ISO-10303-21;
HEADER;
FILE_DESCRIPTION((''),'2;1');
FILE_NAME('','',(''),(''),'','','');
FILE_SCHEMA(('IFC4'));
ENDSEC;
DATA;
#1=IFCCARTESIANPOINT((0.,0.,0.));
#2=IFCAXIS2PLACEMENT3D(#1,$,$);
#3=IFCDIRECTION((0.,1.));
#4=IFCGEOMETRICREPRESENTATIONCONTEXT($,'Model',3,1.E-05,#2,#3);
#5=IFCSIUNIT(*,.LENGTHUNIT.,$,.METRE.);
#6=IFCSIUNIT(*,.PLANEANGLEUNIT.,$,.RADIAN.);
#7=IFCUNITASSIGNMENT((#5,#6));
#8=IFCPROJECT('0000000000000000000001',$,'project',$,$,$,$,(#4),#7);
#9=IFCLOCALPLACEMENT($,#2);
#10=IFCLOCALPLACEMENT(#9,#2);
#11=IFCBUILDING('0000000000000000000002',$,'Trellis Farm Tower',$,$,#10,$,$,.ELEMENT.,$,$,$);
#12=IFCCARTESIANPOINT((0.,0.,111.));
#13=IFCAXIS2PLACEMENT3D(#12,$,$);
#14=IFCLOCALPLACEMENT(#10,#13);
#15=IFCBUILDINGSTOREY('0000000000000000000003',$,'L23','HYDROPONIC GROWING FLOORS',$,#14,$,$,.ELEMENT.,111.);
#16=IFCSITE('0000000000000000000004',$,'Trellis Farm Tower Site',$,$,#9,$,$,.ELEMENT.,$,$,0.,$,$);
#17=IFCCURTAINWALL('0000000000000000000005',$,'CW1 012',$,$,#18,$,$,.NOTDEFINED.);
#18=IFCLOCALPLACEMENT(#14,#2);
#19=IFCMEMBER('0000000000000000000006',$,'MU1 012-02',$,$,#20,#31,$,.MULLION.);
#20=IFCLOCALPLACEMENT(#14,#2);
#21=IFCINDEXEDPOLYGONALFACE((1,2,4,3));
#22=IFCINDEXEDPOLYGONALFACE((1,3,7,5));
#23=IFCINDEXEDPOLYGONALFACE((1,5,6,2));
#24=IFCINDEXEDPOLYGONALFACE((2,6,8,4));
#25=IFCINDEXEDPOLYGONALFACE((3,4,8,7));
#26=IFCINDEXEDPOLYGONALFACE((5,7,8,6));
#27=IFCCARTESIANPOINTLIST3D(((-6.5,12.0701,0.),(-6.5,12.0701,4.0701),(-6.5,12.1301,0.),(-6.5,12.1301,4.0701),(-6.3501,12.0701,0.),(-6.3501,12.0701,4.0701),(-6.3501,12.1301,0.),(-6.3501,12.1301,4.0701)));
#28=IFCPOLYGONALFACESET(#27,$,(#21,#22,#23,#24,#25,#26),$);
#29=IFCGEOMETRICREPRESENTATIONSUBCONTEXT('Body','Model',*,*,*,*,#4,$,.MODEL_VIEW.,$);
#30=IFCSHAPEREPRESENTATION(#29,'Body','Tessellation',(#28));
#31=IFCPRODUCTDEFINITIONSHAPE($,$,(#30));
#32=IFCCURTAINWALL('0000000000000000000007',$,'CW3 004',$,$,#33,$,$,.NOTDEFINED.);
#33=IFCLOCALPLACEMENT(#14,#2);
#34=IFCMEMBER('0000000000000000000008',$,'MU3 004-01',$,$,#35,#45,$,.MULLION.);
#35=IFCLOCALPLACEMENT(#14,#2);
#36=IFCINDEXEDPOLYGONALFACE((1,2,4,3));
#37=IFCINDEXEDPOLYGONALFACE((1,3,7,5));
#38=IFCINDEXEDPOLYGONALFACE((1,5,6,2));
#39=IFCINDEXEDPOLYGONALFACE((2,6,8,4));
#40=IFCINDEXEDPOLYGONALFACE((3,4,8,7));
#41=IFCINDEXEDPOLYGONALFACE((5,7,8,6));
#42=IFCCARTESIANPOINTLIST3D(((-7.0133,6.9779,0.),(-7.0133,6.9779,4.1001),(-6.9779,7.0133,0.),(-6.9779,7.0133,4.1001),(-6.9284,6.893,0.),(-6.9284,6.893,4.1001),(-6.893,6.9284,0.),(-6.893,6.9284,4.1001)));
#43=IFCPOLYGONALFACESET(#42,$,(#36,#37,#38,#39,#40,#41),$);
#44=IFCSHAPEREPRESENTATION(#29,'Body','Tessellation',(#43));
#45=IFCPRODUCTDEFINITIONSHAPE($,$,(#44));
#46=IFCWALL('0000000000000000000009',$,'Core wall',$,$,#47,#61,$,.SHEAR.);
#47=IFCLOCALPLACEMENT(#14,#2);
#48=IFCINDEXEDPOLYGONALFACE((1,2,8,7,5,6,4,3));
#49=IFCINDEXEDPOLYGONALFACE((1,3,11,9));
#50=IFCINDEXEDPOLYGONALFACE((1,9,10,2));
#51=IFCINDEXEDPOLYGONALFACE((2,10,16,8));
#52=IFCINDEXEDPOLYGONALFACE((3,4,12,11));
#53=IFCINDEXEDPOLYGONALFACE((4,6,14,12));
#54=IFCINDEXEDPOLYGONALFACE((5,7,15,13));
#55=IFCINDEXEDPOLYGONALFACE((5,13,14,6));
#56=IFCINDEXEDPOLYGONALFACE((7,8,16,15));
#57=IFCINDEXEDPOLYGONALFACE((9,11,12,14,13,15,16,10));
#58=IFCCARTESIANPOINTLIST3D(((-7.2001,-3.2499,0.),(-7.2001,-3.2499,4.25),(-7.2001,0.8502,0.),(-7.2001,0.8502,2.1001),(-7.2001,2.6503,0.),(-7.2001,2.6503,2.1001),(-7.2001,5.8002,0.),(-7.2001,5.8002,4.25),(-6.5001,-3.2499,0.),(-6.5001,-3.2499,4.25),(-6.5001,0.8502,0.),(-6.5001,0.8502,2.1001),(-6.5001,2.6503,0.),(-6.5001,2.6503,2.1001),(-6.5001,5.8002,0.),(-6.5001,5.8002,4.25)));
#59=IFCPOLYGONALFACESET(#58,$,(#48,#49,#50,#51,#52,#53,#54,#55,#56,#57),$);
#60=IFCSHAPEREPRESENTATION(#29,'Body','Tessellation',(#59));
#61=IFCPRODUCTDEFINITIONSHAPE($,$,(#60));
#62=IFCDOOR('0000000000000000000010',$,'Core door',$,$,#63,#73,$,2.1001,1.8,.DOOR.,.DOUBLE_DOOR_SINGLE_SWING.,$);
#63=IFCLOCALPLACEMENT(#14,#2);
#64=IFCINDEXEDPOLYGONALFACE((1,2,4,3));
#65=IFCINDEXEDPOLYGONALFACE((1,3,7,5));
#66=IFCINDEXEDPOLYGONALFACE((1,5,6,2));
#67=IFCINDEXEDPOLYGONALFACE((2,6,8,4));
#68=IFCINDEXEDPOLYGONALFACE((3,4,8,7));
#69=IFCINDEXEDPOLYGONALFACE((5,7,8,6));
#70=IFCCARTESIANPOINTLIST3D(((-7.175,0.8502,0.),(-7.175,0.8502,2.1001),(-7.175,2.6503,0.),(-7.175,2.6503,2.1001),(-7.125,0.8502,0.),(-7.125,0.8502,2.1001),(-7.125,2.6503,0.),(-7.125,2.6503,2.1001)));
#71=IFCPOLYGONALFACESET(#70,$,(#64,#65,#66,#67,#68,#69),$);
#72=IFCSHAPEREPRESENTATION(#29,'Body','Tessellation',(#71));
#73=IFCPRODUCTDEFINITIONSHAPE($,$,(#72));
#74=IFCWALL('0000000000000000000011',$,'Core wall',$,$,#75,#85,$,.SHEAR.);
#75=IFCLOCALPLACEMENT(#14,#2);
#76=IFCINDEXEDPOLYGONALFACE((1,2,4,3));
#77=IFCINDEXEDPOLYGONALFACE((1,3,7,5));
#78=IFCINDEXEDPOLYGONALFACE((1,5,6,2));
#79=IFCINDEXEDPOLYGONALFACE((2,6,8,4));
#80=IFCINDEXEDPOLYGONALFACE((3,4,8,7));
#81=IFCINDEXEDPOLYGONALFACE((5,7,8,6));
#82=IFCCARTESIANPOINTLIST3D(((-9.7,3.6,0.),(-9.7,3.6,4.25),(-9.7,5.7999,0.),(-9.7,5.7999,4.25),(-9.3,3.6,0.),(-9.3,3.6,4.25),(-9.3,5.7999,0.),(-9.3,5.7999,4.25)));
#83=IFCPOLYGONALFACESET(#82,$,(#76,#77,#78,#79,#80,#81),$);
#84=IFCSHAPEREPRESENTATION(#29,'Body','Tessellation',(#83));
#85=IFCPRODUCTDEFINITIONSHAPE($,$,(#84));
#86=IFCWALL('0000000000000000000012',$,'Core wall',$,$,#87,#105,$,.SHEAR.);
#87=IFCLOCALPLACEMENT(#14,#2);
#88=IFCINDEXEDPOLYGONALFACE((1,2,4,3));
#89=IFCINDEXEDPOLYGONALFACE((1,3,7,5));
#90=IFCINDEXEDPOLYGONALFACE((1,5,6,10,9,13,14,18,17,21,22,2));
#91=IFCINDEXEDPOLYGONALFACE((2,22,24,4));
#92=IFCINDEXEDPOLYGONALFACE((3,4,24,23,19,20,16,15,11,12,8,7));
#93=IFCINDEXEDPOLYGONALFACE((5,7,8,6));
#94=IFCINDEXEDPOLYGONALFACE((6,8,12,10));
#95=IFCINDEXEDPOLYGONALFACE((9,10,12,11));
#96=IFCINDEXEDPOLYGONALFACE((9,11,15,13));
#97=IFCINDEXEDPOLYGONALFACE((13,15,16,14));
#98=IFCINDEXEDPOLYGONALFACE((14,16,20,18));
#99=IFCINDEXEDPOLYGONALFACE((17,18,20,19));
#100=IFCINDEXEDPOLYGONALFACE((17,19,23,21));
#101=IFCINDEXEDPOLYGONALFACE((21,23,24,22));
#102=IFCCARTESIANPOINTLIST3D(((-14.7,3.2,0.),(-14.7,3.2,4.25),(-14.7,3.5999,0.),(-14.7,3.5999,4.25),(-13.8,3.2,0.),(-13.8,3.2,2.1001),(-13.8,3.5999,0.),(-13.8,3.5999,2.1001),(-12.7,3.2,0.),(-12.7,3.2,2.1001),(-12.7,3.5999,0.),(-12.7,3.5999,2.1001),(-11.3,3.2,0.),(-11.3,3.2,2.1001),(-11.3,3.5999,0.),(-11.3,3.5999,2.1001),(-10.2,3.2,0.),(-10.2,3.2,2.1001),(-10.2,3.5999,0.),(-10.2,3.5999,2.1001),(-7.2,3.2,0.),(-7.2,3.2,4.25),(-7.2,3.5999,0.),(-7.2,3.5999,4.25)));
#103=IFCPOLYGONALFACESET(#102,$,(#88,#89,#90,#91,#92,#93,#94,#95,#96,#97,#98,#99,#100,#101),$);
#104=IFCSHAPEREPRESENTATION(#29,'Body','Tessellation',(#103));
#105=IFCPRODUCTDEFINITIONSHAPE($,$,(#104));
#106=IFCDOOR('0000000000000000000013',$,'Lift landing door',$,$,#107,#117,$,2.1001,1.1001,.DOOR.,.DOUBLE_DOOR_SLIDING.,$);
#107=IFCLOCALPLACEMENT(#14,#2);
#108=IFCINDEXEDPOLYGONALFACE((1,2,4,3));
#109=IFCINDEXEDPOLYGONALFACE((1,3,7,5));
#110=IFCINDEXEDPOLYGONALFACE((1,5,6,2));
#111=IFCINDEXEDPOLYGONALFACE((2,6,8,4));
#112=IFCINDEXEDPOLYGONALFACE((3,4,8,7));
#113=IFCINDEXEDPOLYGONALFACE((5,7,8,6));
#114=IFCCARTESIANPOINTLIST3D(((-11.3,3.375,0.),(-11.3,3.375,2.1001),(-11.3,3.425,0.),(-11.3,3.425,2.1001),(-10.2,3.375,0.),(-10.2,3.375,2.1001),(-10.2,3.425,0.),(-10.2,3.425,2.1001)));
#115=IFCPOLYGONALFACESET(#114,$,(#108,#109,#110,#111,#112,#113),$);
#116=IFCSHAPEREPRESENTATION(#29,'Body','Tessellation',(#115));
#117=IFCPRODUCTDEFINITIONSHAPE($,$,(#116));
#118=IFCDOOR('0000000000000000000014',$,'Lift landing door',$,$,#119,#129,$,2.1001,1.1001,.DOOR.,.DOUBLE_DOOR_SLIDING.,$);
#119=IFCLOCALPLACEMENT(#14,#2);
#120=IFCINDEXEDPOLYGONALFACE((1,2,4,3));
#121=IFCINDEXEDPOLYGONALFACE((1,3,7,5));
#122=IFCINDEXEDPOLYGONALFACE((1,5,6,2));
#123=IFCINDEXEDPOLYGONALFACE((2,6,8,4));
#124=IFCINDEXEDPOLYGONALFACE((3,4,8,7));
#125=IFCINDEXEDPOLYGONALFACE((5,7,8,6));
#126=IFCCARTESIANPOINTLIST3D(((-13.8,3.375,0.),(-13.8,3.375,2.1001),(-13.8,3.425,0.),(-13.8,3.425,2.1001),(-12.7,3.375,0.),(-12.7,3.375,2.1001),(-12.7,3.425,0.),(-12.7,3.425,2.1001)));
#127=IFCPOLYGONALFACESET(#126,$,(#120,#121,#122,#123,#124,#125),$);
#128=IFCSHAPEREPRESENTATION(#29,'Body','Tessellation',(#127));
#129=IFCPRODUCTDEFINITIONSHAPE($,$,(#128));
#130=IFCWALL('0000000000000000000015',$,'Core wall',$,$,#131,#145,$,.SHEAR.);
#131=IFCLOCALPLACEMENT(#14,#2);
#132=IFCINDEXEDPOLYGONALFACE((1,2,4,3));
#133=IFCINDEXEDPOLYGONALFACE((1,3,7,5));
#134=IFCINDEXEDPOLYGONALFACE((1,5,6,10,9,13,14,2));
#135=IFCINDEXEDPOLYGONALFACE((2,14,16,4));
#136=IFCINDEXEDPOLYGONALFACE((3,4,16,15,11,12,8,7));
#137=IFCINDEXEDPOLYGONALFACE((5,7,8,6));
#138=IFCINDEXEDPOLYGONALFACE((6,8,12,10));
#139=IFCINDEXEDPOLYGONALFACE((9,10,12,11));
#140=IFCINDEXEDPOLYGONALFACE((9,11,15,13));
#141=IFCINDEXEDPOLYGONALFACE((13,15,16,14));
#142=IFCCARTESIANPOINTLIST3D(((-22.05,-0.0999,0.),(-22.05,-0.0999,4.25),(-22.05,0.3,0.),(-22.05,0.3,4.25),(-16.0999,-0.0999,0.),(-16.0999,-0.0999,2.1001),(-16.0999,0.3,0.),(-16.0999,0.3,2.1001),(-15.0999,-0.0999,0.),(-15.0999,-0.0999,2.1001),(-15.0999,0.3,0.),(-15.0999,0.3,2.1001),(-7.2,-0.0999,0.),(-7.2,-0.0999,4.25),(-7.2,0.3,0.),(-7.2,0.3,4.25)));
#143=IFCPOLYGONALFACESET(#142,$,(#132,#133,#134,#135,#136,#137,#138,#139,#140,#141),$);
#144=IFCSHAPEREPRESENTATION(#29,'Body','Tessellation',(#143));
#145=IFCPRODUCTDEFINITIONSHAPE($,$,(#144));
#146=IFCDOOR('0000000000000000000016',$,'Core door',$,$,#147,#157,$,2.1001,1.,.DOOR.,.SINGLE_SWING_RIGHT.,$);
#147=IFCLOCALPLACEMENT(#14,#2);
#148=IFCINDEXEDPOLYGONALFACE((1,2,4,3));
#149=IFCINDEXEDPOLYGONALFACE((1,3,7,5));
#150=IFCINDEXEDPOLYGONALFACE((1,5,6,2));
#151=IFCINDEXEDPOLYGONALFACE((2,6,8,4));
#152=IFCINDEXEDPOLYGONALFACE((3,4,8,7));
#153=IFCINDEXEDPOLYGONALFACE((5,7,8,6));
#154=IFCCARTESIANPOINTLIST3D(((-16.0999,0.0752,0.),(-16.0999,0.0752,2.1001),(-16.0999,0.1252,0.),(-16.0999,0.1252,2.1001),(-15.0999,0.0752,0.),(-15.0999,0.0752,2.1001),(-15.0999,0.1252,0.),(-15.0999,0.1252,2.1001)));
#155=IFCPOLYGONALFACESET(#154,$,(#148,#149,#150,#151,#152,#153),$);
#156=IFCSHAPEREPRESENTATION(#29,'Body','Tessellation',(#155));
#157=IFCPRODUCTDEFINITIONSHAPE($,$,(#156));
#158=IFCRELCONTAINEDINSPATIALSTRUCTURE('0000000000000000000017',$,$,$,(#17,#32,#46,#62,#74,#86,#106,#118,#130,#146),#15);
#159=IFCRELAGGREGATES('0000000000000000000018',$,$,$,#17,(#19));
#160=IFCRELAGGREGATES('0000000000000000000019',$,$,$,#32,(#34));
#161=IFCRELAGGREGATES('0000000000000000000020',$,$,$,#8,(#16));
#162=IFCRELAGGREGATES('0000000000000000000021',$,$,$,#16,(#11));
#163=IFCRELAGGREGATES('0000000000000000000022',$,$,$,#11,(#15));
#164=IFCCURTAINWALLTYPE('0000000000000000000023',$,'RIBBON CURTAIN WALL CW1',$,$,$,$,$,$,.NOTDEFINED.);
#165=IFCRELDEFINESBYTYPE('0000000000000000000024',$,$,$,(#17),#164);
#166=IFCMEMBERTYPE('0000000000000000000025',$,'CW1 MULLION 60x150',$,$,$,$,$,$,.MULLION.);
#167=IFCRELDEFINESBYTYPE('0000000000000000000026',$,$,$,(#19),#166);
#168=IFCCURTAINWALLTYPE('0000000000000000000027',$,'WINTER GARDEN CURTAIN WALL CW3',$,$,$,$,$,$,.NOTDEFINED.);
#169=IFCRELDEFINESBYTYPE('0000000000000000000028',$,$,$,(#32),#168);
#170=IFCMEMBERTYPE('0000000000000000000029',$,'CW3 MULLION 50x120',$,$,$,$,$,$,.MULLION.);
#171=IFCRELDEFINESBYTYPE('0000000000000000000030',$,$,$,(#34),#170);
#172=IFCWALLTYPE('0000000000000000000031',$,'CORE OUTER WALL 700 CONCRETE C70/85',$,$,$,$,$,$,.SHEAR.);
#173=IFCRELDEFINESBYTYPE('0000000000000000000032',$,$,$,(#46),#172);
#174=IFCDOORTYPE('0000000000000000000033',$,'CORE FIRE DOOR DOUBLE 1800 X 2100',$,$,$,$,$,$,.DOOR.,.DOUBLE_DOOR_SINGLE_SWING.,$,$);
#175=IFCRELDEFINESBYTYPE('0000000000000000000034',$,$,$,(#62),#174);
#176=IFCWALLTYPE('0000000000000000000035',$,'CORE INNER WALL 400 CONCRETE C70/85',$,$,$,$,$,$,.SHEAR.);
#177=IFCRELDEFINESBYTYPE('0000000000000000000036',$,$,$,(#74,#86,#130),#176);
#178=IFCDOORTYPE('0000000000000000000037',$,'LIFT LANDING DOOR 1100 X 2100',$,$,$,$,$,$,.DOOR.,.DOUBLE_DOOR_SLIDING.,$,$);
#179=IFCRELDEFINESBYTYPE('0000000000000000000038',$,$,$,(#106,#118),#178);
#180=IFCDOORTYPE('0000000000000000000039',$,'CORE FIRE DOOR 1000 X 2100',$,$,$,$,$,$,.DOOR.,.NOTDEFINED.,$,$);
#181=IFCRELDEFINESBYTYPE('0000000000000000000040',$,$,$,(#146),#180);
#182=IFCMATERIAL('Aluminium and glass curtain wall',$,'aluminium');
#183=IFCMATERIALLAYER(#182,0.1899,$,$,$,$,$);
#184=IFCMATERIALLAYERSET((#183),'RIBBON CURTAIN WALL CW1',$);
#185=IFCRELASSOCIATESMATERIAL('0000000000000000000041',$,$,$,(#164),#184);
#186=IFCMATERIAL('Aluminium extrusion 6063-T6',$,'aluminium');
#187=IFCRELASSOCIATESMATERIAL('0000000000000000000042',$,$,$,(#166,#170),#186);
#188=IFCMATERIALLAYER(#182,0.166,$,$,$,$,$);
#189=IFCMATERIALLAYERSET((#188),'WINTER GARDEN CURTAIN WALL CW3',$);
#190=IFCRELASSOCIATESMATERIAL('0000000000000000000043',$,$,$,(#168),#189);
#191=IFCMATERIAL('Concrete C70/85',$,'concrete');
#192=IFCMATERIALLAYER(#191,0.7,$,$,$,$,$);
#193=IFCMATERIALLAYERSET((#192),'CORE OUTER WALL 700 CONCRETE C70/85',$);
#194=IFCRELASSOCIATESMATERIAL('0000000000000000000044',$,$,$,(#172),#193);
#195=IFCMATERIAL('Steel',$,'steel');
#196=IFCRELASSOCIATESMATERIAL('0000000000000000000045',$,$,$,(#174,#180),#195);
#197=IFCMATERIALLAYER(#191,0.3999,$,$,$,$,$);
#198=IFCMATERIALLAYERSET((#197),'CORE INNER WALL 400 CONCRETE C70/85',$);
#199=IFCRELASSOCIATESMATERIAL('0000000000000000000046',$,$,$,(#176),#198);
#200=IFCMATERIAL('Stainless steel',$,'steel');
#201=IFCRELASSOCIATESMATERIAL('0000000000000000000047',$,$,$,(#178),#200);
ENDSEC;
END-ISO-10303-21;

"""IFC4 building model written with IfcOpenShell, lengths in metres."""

from ifc_helpers import new_model, si_unit, direction, frame, frame_2d, origin, origin_2d, place, context, subcontext, project, spatial, rectangle, extrude, source, transform, mapped, material, layer, layer_set, material_profile, profile_set, type_object, element, fill, aggregate, save


model = new_model("IFC4")

# Units and contexts
model_context = context("Model", 3, precision=1e-05, world=origin(), true_north=direction((0.0, 1.0)))
body_context = subcontext(model_context, "Body", "Model", "MODEL_VIEW")
ifc_project = project(units=[si_unit("LENGTHUNIT", "METRE"), si_unit("PLANEANGLEUNIT", "RADIAN")], contexts=[model_context])

# Site, building, storey
site_placement = place(None, origin())
site = spatial("IfcSite", under=ifc_project, at=site_placement, Name="Trellis Farm Tower Site", CompositionType="ELEMENT", RefElevation=0.0)
building_placement = place(site_placement, origin())
building = spatial("IfcBuilding", under=site, at=building_placement, Name="Trellis Farm Tower", CompositionType="ELEMENT")
storey_placement = place(building_placement, frame((0.0, 0.0, 111.0)))
storey = spatial("IfcBuildingStorey", under=building, at=storey_placement, Name="L23", Description="HYDROPONIC GROWING FLOORS", CompositionType="ELEMENT", Elevation=111.0)

# Shared definitions
ifc_material_1 = material(Name="Aluminium and glass curtain wall", Category="aluminium")
ifc_layer_1 = layer(ifc_material_1, 0.1899)
ifc_layer_set_1 = layer_set([ifc_layer_1], Name="RIBBON CURTAIN WALL CW1")
curtain_wall_type_1 = type_object("IfcCurtainWallType", Name="RIBBON CURTAIN WALL CW1", PredefinedType="NOTDEFINED", material=ifc_layer_set_1)
placement = place(storey_placement, origin())
ifc_material_2 = material(Name="Aluminium extrusion 6063-T6", Category="aluminium")
ifc_material_profile_1 = material_profile(ifc_material_2, rectangle(XDim=0.0601, YDim=0.1499, at=origin_2d()), Name="MULLION 60x150")
ifc_profile_set_1 = profile_set([ifc_material_profile_1], Name="Aluminium extrusion 6063-T6")
member_type_1 = type_object("IfcMemberType", Name="CW1 MULLION 60x150", PredefinedType="MULLION", material=ifc_profile_set_1)
shared_shape_1 = source(origin(), body_context, "Body", "SweptSolid", [
    extrude(rectangle(XDim=0.0601, YDim=0.1499, at=origin_2d()), origin(), (0.0, 0.0, 1.0), 4.0701),
])

# Curtain wall, member
curtain_wall_1 = element("IfcCurtainWall", 1, at=placement, inside=storey, type_object=curtain_wall_type_1, Name="CW1 012", PredefinedType="NOTDEFINED")
member_1_placement = place(storey_placement, frame((-6.425, 12.1001, 0.0), z_axis=(0.0, 0.0, 1.0), x_axis=(0.0, -1.0, 0.0)))
member_1 = element("IfcMember", 2, at=member_1_placement, type_object=member_type_1, Name="MU1 012-02", PredefinedType="MULLION", context=body_context, shape_type="MappedRepresentation", body=[
    mapped(shared_shape_1, transform((0.0, 0.0, 0.0))),
])
aggregate(curtain_wall_1, [member_1])

# Curtain wall, member
ifc_layer_2 = layer(ifc_material_1, 0.166)
ifc_layer_set_2 = layer_set([ifc_layer_2], Name="WINTER GARDEN CURTAIN WALL CW3")
curtain_wall_type_2 = type_object("IfcCurtainWallType", Name="WINTER GARDEN CURTAIN WALL CW3", PredefinedType="NOTDEFINED", material=ifc_layer_set_2)
curtain_wall_2 = element("IfcCurtainWall", 3, at=placement, inside=storey, type_object=curtain_wall_type_2, Name="CW3 004", PredefinedType="NOTDEFINED")
ifc_material_profile_2 = material_profile(ifc_material_2, rectangle(XDim=0.05, YDim=0.1201, at=origin_2d()), Name="MULLION 50x120")
ifc_profile_set_2 = profile_set([ifc_material_profile_2], Name="Aluminium extrusion 6063-T6")
member_type_2 = type_object("IfcMemberType", Name="CW3 MULLION 50x120", PredefinedType="MULLION", material=ifc_profile_set_2)
shared_shape_2 = source(origin(), body_context, "Body", "SweptSolid", [
    extrude(rectangle(XDim=0.05, YDim=0.1201, at=origin_2d()), origin(), (0.0, 0.0, 1.0), 4.1001),
])
member_2_placement = place(storey_placement, frame((-6.9531, 6.9531, 0.0), z_axis=(0.0, 0.0, 1.0), x_axis=(-0.707107, -0.707107, 0.0)))
member_2 = element("IfcMember", 4, at=member_2_placement, type_object=member_type_2, Name="MU3 004-01", PredefinedType="MULLION", context=body_context, shape_type="MappedRepresentation", body=[
    mapped(shared_shape_2, transform((0.0, 0.0, 0.0))),
])
aggregate(curtain_wall_2, [member_2])

# Wall, opening, door
ifc_material_3 = material(Name="Concrete C70/85", Category="concrete")
ifc_layer_3 = layer(ifc_material_3, 0.7)
ifc_layer_set_3 = layer_set([ifc_layer_3], Name="CORE OUTER WALL 700 CONCRETE C70/85")
wall_type_1 = type_object("IfcWallType", Name="CORE OUTER WALL 700 CONCRETE C70/85", PredefinedType="SHEAR", material=ifc_layer_set_3)
shared_shape_3 = source(origin(), body_context, "Body", "SweptSolid", [
    extrude(rectangle(XDim=9.05, YDim=0.7, at=frame_2d((4.5249, 0.0))), origin(), (0.0, 0.0, 1.0), 4.25),
])
wall_1_placement = place(storey_placement, frame((-6.8501, 5.8, 0.0), z_axis=(0.0, 0.0, 1.0), x_axis=(0.0, -1.0, 0.0)))
wall_1 = element("IfcWall", 5, at=wall_1_placement, inside=storey, type_object=wall_type_1, Name="Core wall", PredefinedType="SHEAR", context=body_context, shape_type="MappedRepresentation", body=[
    mapped(shared_shape_3, transform((0.0, 0.0, 0.0))),
])
shared_shape_4 = source(origin(), body_context, "Body", "SweptSolid", [
    extrude(rectangle(XDim=1.8, YDim=2.1001, at=frame_2d((0.8999, 1.05))), frame((0.0, 0.3601, 0.0), z_axis=(0.0, -1.0, 0.0), x_axis=(1.0, 0.0, 0.0)), (0.0, 0.0, 1.0), 0.7202),
])
opening_1_placement = place(wall_1_placement, frame((3.1499, 0.0, 0.0)))
opening_1 = element("IfcOpeningElement", 6, at=opening_1_placement, cuts=wall_1, PredefinedType="OPENING", context=body_context, shape_type="MappedRepresentation", body=[
    mapped(shared_shape_4, transform((0.0, 0.0, 0.0))),
])
ifc_material_4 = material(Name="Steel", Category="steel")
door_type_1 = type_object("IfcDoorType", Name="CORE FIRE DOOR DOUBLE 1800 X 2100", OperationType="DOUBLE_DOOR_SINGLE_SWING", PredefinedType="DOOR", material=ifc_material_4)
shared_shape_5 = source(origin(), body_context, "Body", "SweptSolid", [
    extrude(rectangle(XDim=1.8, YDim=2.1001, at=frame_2d((0.8999, 1.05))), frame((0.0, -0.2749, 0.0), z_axis=(0.0, -1.0, 0.0), x_axis=(1.0, 0.0, 0.0)), (0.0, 0.0, 1.0), 0.05),
])
door_1_placement = place(opening_1_placement, origin())
door_1 = element("IfcDoor", 7, at=door_1_placement, inside=storey, type_object=door_type_1, Name="Core door", OperationType="DOUBLE_DOOR_SINGLE_SWING", OverallHeight=2.1001, OverallWidth=1.8, PredefinedType="DOOR", context=body_context, shape_type="MappedRepresentation", body=[
    mapped(shared_shape_5, transform((0.0, 0.0, 0.0))),
])
fill(opening_1, door_1)

# Wall
ifc_layer_4 = layer(ifc_material_3, 0.3999)
ifc_layer_set_4 = layer_set([ifc_layer_4], Name="CORE INNER WALL 400 CONCRETE C70/85")
wall_type_2 = type_object("IfcWallType", Name="CORE INNER WALL 400 CONCRETE C70/85", PredefinedType="SHEAR", material=ifc_layer_set_4)
shared_shape_6 = source(origin(), body_context, "Body", "SweptSolid", [
    extrude(rectangle(XDim=2.2, YDim=0.3999, at=frame_2d((1.1001, 0.0))), origin(), (0.0, 0.0, 1.0), 4.25),
])
wall_2_placement = place(storey_placement, frame((-9.5, 5.8, 0.0), z_axis=(0.0, 0.0, 1.0), x_axis=(0.0, -1.0, 0.0)))
element("IfcWall", 8, at=wall_2_placement, inside=storey, type_object=wall_type_2, Name="Core wall", PredefinedType="SHEAR", context=body_context, shape_type="MappedRepresentation", body=[
    mapped(shared_shape_6, transform((0.0, 0.0, 0.0))),
])

# Wall, openings, doors
shared_shape_7 = source(origin(), body_context, "Body", "SweptSolid", [
    extrude(rectangle(XDim=7.5, YDim=0.3999, at=frame_2d((3.75, 0.0))), origin(), (0.0, 0.0, 1.0), 4.25),
])
wall_3_placement = place(storey_placement, frame((-7.2, 3.3999, 0.0), z_axis=(0.0, 0.0, 1.0), x_axis=(-1.0, 0.0, 0.0)))
wall_3 = element("IfcWall", 9, at=wall_3_placement, inside=storey, type_object=wall_type_2, Name="Core wall", PredefinedType="SHEAR", context=body_context, shape_type="MappedRepresentation", body=[
    mapped(shared_shape_7, transform((0.0, 0.0, 0.0))),
])
shared_shape_8 = source(origin(), body_context, "Body", "SweptSolid", [
    extrude(rectangle(XDim=1.1001, YDim=2.1001, at=frame_2d((0.55, 1.05))), frame((0.0, 0.21, 0.0), z_axis=(0.0, -1.0, 0.0), x_axis=(1.0, 0.0, 0.0)), (0.0, 0.0, 1.0), 0.4199),
])
opening_2_placement = place(wall_3_placement, frame((3.0, 0.0, 0.0)))
opening_2 = element("IfcOpeningElement", 10, at=opening_2_placement, cuts=wall_3, PredefinedType="OPENING", context=body_context, shape_type="MappedRepresentation", body=[
    mapped(shared_shape_8, transform((0.0, 0.0, 0.0))),
])
opening_3_placement = place(wall_3_placement, frame((5.5, 0.0, 0.0)))
opening_3 = element("IfcOpeningElement", 11, at=opening_3_placement, cuts=wall_3, PredefinedType="OPENING", context=body_context, shape_type="MappedRepresentation", body=[
    mapped(shared_shape_8, transform((0.0, 0.0, 0.0))),
])
ifc_material_5 = material(Name="Stainless steel", Category="steel")
door_type_2 = type_object("IfcDoorType", Name="LIFT LANDING DOOR 1100 X 2100", OperationType="DOUBLE_DOOR_SLIDING", PredefinedType="DOOR", material=ifc_material_5)
shared_shape_9 = source(origin(), body_context, "Body", "SweptSolid", [
    extrude(rectangle(XDim=1.1001, YDim=2.1001, at=frame_2d((0.55, 1.05))), frame((0.0, 0.0249, 0.0), z_axis=(0.0, -1.0, 0.0), x_axis=(1.0, 0.0, 0.0)), (0.0, 0.0, 1.0), 0.05),
])
door_2_placement = place(opening_2_placement, origin())
door_2 = element("IfcDoor", 12, at=door_2_placement, inside=storey, type_object=door_type_2, Name="Lift landing door", OperationType="DOUBLE_DOOR_SLIDING", OverallHeight=2.1001, OverallWidth=1.1001, PredefinedType="DOOR", context=body_context, shape_type="MappedRepresentation", body=[
    mapped(shared_shape_9, transform((0.0, 0.0, 0.0))),
])
fill(opening_2, door_2)
door_3_placement = place(opening_3_placement, origin())
door_3 = element("IfcDoor", 13, at=door_3_placement, inside=storey, type_object=door_type_2, Name="Lift landing door", OperationType="DOUBLE_DOOR_SLIDING", OverallHeight=2.1001, OverallWidth=1.1001, PredefinedType="DOOR", context=body_context, shape_type="MappedRepresentation", body=[
    mapped(shared_shape_9, transform((0.0, 0.0, 0.0))),
])
fill(opening_3, door_3)

# Wall, opening, door
shared_shape_10 = source(origin(), body_context, "Body", "SweptSolid", [
    extrude(rectangle(XDim=14.8501, YDim=0.3999, at=frame_2d((7.425, 0.0))), origin(), (0.0, 0.0, 1.0), 4.25),
])
wall_4_placement = place(storey_placement, frame((-7.2, 0.1001, 0.0), z_axis=(0.0, 0.0, 1.0), x_axis=(-1.0, 0.0, 0.0)))
wall_4 = element("IfcWall", 14, at=wall_4_placement, inside=storey, type_object=wall_type_2, Name="Core wall", PredefinedType="SHEAR", context=body_context, shape_type="MappedRepresentation", body=[
    mapped(shared_shape_10, transform((0.0, 0.0, 0.0))),
])
shared_shape_11 = source(origin(), body_context, "Body", "SweptSolid", [
    extrude(rectangle(XDim=1.0, YDim=2.1001, at=frame_2d((0.5, 1.05))), frame((0.0, 0.21, 0.0), z_axis=(0.0, -1.0, 0.0), x_axis=(1.0, 0.0, 0.0)), (0.0, 0.0, 1.0), 0.4199),
])
opening_4_placement = place(wall_4_placement, frame((7.8999, 0.0, 0.0)))
opening_4 = element("IfcOpeningElement", 15, at=opening_4_placement, cuts=wall_4, PredefinedType="OPENING", context=body_context, shape_type="MappedRepresentation", body=[
    mapped(shared_shape_11, transform((0.0, 0.0, 0.0))),
])
door_type_3 = type_object("IfcDoorType", Name="CORE FIRE DOOR 1000 X 2100", OperationType="NOTDEFINED", PredefinedType="DOOR", material=ifc_material_4)
shared_shape_12 = source(origin(), body_context, "Body", "SweptSolid", [
    extrude(rectangle(XDim=1.0, YDim=2.1001, at=frame_2d((0.5, 1.05))), frame((0.0, 0.0249, 0.0), z_axis=(0.0, -1.0, 0.0), x_axis=(1.0, 0.0, 0.0)), (0.0, 0.0, 1.0), 0.05),
])
door_4_placement = place(opening_4_placement, origin())
door_4 = element("IfcDoor", 16, at=door_4_placement, inside=storey, type_object=door_type_3, Name="Core door", OperationType="SINGLE_SWING_RIGHT", OverallHeight=2.1001, OverallWidth=1.0, PredefinedType="DOOR", context=body_context, shape_type="MappedRepresentation", body=[
    mapped(shared_shape_12, transform((0.0, 0.0, 0.0))),
])
fill(opening_4, door_4)

save(model, "model.ifc")
